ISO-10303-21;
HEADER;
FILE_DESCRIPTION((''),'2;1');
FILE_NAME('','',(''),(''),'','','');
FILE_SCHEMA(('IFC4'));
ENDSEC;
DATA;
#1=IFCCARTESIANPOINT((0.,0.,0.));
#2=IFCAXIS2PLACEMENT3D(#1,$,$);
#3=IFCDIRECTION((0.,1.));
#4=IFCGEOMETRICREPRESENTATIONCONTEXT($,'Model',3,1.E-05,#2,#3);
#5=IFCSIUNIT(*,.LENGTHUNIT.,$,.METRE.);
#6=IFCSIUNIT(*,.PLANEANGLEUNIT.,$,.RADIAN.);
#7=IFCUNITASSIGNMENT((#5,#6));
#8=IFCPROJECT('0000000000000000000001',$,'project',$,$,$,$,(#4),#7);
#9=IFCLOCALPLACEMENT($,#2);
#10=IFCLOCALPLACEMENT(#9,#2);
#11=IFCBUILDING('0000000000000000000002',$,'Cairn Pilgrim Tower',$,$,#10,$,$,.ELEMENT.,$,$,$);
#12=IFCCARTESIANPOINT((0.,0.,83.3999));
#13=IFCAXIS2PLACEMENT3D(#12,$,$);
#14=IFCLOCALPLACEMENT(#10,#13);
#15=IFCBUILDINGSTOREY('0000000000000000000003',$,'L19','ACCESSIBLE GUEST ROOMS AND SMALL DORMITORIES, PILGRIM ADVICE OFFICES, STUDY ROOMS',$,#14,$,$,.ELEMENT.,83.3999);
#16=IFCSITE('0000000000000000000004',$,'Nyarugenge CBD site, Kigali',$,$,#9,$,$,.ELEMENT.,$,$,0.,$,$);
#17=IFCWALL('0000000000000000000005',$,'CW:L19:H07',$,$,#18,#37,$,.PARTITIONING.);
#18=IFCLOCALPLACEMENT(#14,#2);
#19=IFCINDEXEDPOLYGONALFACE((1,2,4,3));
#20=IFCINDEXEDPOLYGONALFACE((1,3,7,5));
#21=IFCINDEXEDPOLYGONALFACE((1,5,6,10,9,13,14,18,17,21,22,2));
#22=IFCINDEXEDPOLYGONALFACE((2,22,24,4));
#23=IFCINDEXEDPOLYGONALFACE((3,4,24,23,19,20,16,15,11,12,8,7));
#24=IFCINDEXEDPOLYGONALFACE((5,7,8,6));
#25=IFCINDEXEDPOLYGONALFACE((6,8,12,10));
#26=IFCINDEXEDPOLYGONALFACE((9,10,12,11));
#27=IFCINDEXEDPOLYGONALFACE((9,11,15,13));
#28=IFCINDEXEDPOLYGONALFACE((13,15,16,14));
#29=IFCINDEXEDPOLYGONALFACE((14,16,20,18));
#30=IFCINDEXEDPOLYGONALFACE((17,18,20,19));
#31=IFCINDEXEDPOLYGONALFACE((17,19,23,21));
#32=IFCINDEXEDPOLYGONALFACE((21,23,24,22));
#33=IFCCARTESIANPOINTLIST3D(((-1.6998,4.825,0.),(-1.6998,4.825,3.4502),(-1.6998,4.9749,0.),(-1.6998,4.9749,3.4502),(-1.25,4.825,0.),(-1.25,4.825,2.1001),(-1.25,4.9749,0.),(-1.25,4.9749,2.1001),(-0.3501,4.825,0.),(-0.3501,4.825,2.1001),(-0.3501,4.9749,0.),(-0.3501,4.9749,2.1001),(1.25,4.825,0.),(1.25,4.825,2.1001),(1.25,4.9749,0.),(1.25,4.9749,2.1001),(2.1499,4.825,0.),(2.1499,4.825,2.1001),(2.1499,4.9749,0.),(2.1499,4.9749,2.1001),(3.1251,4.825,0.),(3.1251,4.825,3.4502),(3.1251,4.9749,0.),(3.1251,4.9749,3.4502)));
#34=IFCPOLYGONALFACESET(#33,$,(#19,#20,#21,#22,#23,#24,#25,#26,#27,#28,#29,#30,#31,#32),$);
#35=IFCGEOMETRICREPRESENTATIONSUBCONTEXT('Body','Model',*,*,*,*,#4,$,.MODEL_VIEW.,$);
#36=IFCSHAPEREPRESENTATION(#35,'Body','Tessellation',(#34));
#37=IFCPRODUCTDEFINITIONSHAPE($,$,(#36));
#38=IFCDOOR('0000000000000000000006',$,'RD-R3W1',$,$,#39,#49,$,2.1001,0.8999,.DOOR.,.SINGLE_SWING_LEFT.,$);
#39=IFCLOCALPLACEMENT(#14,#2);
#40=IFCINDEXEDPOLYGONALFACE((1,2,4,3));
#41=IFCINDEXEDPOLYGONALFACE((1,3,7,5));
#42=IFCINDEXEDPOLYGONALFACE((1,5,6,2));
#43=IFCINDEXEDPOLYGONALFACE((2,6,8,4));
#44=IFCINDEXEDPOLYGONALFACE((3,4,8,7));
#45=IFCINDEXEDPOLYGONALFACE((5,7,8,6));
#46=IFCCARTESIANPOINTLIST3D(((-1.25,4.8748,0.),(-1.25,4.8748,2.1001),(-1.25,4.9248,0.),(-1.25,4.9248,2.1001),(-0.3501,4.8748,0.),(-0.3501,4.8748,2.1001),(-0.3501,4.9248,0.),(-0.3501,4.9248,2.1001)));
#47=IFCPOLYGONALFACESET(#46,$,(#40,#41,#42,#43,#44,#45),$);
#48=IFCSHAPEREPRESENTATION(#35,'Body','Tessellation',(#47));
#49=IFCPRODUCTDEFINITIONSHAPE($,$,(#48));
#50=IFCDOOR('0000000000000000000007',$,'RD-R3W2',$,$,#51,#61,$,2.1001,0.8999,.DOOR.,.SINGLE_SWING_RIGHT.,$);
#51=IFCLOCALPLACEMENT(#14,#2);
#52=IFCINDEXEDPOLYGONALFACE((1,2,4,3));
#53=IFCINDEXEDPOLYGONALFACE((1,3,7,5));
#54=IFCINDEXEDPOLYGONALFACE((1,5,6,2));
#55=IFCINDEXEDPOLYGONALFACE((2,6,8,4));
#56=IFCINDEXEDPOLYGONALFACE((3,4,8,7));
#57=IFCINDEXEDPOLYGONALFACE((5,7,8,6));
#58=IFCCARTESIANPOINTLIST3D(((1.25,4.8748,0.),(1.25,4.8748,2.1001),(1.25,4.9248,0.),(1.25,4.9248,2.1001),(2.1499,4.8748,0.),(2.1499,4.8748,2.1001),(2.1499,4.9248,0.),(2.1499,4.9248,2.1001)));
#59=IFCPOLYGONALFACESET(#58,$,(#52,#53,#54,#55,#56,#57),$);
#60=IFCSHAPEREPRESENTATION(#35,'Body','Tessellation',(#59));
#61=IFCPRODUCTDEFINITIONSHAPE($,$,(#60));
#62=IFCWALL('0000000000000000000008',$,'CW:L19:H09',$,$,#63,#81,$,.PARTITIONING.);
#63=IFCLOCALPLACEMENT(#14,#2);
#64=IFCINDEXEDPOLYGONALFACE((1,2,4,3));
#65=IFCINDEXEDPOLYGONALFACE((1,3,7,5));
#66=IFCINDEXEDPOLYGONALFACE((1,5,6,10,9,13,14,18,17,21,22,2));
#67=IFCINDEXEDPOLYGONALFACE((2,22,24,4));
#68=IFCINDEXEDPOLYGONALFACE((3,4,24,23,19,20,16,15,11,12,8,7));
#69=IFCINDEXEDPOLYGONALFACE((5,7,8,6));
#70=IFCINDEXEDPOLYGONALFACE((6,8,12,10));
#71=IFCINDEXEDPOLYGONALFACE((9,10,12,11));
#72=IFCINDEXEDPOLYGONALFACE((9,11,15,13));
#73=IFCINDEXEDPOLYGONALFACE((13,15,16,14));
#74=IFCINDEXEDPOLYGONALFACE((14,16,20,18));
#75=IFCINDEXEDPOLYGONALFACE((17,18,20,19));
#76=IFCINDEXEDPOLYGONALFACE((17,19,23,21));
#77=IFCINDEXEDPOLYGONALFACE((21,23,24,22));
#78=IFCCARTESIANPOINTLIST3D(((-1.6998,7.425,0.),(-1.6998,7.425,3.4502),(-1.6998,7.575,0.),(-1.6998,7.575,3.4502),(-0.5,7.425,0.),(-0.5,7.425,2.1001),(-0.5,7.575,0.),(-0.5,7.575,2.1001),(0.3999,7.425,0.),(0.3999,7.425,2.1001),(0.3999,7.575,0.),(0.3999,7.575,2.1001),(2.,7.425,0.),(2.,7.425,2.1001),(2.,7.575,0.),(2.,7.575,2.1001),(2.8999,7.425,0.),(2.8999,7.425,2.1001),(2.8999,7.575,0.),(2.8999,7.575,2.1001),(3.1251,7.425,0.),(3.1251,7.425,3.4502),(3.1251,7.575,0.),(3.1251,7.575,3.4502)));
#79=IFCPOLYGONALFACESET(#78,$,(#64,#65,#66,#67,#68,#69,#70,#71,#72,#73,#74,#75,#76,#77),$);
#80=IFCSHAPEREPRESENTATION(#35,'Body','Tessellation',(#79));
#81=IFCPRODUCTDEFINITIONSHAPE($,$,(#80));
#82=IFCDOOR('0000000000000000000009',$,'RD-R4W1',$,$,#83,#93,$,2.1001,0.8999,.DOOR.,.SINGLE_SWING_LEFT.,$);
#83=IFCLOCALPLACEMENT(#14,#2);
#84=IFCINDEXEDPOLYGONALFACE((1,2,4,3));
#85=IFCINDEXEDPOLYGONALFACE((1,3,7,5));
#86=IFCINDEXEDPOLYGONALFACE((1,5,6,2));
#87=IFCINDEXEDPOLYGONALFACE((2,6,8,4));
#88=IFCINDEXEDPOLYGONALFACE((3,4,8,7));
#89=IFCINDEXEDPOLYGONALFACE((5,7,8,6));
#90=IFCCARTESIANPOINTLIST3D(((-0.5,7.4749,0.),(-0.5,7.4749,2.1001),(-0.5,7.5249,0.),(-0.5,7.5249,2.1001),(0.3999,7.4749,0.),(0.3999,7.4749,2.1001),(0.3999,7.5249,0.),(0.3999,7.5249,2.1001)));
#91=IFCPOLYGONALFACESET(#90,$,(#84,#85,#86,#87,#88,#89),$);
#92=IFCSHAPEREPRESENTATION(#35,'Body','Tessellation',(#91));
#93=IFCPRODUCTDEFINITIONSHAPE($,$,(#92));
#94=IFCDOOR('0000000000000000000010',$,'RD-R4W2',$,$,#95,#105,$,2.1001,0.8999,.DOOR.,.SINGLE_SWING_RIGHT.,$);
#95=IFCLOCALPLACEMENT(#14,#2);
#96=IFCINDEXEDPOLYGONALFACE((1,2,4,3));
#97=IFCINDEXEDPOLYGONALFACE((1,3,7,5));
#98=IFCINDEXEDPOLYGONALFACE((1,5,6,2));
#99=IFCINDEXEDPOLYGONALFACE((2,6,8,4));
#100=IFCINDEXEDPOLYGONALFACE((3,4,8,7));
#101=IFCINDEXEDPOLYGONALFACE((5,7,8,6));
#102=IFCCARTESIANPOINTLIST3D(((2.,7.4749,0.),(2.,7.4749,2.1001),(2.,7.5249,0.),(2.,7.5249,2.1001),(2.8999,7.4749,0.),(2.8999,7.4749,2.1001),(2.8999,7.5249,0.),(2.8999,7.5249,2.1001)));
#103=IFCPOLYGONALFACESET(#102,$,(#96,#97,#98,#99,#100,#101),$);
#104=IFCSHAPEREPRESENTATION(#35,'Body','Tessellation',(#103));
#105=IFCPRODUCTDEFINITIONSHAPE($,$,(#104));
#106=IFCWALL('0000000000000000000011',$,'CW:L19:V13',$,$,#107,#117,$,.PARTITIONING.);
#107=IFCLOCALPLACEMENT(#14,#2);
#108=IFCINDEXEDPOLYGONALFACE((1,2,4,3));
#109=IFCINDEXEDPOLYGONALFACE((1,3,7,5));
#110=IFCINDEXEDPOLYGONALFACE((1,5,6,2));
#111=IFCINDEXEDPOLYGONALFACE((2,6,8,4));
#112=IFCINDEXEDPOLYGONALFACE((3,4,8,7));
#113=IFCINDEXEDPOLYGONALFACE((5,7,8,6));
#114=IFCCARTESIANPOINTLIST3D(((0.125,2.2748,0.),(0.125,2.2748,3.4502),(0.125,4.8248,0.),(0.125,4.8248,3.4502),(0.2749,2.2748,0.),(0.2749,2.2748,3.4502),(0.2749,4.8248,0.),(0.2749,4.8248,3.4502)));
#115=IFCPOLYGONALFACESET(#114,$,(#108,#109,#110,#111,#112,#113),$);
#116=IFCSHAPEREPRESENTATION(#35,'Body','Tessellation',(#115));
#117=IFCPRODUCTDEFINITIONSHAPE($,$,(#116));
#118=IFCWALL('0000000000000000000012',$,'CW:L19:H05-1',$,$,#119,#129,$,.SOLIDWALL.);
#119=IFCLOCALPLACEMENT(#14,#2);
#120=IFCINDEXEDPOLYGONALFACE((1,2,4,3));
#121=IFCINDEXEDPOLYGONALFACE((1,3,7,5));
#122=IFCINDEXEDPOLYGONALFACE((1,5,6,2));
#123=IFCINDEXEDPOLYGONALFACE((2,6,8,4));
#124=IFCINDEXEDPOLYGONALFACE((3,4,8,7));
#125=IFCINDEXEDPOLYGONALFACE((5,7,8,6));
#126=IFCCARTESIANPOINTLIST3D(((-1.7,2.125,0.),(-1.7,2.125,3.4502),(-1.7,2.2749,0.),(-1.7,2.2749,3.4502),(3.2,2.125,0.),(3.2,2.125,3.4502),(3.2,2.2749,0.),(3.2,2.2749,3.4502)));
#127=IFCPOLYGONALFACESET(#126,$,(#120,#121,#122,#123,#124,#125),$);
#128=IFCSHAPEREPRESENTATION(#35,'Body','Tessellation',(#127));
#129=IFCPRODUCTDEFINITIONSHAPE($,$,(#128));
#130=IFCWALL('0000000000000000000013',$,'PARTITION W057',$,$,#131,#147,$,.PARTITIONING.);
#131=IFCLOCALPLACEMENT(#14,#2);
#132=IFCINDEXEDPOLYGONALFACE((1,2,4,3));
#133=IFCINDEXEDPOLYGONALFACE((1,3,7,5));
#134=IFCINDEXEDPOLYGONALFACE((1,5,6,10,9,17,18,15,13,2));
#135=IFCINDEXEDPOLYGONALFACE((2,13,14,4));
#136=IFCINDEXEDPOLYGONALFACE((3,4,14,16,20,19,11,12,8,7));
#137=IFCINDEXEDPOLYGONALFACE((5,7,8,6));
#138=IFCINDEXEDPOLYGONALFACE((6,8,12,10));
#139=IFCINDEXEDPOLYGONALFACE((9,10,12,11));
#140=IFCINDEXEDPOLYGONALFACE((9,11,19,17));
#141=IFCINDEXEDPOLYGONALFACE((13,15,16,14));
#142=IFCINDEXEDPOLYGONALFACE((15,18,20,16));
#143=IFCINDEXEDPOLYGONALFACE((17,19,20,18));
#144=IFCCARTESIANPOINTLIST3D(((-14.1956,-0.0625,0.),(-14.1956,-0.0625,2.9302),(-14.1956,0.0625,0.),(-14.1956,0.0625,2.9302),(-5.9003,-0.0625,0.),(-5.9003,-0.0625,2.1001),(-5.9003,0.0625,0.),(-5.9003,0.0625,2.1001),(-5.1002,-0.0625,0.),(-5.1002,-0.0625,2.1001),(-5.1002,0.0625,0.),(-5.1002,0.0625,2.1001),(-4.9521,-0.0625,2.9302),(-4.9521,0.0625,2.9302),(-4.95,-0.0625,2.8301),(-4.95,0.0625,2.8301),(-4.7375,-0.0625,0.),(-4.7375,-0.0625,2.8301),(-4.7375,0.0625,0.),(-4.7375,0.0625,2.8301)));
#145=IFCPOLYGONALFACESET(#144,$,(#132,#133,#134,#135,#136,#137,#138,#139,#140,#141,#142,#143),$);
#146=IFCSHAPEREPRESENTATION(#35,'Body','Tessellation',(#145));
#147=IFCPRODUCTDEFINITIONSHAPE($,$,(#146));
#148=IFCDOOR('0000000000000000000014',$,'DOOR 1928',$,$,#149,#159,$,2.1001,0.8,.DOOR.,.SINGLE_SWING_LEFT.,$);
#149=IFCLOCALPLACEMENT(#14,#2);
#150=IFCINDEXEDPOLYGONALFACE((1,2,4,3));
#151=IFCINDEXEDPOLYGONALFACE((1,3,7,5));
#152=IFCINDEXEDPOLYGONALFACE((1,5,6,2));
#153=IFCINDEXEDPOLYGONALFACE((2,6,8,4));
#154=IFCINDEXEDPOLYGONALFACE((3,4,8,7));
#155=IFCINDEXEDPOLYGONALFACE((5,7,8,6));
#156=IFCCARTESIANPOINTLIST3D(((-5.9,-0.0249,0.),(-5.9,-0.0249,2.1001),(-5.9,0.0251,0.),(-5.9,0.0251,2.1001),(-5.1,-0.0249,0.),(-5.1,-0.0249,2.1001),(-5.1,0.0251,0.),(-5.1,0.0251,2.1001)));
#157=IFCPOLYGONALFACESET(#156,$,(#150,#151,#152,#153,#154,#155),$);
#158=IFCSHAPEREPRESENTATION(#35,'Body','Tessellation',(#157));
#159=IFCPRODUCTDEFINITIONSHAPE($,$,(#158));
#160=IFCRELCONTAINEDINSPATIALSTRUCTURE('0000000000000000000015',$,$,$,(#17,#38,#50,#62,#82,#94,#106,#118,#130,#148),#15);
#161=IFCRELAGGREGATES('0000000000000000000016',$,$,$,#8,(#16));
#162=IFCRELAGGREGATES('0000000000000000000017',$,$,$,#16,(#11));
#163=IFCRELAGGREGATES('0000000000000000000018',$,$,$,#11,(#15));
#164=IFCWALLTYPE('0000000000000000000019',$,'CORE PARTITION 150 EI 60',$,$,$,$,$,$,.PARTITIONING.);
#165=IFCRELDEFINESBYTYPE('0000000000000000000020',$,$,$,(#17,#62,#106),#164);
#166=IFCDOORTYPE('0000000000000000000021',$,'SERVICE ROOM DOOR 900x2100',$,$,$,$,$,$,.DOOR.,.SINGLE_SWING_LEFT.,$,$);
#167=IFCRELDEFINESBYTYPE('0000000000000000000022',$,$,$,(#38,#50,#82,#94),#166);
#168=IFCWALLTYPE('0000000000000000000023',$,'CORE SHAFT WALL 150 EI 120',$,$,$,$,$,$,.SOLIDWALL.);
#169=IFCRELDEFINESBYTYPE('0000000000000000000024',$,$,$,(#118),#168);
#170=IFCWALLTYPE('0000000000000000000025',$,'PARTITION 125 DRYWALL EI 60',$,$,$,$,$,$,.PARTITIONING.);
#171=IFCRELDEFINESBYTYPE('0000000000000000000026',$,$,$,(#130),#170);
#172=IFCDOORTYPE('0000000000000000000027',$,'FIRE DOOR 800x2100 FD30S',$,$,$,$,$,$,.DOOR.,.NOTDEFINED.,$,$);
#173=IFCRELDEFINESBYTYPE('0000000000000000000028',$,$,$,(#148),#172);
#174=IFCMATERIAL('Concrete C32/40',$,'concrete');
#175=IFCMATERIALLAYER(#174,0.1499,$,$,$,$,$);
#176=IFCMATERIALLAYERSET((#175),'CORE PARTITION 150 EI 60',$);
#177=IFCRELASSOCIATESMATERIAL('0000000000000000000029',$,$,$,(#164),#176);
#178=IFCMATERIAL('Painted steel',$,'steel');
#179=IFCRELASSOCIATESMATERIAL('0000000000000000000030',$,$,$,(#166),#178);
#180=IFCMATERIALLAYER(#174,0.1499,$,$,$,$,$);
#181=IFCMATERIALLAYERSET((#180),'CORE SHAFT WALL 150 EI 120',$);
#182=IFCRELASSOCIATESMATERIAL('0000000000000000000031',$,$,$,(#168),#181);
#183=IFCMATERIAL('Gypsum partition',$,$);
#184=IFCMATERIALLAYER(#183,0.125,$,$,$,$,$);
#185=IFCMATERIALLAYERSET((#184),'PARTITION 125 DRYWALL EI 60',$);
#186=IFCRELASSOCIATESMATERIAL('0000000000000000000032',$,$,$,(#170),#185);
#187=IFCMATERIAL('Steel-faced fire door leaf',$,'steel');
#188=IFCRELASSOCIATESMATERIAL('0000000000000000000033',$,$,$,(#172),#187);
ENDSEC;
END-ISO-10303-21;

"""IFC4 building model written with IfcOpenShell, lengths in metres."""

from ifc_helpers import new_model, si_unit, direction, frame, frame_2d, origin, place, context, subcontext, project, spatial, polyline, rectangle, outline, extrude, material, layer, layer_set, type_object, element, fill, save


model = new_model("IFC4")

# Units and contexts
model_context = context("Model", 3, precision=1e-05, world=origin(), true_north=direction((0.0, 1.0)))
body_context = subcontext(model_context, "Body", "Model", "MODEL_VIEW")
ifc_project = project(units=[si_unit("LENGTHUNIT", "METRE"), si_unit("PLANEANGLEUNIT", "RADIAN")], contexts=[model_context])

# Site, building, storey
site_placement = place(None, origin())
site = spatial("IfcSite", under=ifc_project, at=site_placement, Name="Nyarugenge CBD site, Kigali", CompositionType="ELEMENT", RefElevation=0.0)
building_placement = place(site_placement, origin())
building = spatial("IfcBuilding", under=site, at=building_placement, Name="Cairn Pilgrim Tower", CompositionType="ELEMENT")
storey_placement = place(building_placement, frame((0.0, 0.0, 83.3999)))
storey = spatial("IfcBuildingStorey", under=building, at=storey_placement, Name="L19", Description="ACCESSIBLE GUEST ROOMS AND SMALL DORMITORIES, PILGRIM ADVICE OFFICES, STUDY ROOMS", CompositionType="ELEMENT", Elevation=83.3999)

# Shared definitions
ifc_material_1 = material(Name="Concrete C32/40", Category="concrete")

# Walls, openings, doors
ifc_layer_1 = layer(ifc_material_1, 0.1499)
ifc_layer_set_1 = layer_set([ifc_layer_1], Name="CORE PARTITION 150 EI 60")
wall_type_1 = type_object("IfcWallType", Name="CORE PARTITION 150 EI 60", PredefinedType="PARTITIONING", material=ifc_layer_set_1)
wall_1_placement = place(storey_placement, frame((-1.7, 4.8999, 0.0), z_axis=(0.0, 0.0, 1.0), x_axis=(1.0, 0.0, 0.0)))
wall_1 = element("IfcWall", 1, at=wall_1_placement, inside=storey, type_object=wall_type_1, Name="CW:L19:H07", PredefinedType="PARTITIONING", context=body_context, shape_type="SweptSolid", body=[
    extrude(rectangle(XDim=4.825, YDim=0.1499, at=frame_2d((2.4126, 0.0))), origin(), (0.0, 0.0, 1.0), 3.4502),
])
opening_1_placement = place(wall_1_placement, frame((0.45, 0.0, 0.0)))
opening_1 = element("IfcOpeningElement", 2, at=opening_1_placement, cuts=wall_1, PredefinedType="OPENING", context=body_context, shape_type="SweptSolid", body=[
    extrude(rectangle(XDim=0.8999, YDim=2.1001, at=frame_2d((0.45, 1.05))), frame((0.0, 0.085, 0.0), z_axis=(0.0, -1.0, 0.0), x_axis=(1.0, 0.0, 0.0)), (0.0, 0.0, 1.0), 0.1699),
])
opening_2_placement = place(wall_1_placement, frame((2.95, 0.0, 0.0)))
opening_2 = element("IfcOpeningElement", 3, at=opening_2_placement, cuts=wall_1, PredefinedType="OPENING", context=body_context, shape_type="SweptSolid", body=[
    extrude(rectangle(XDim=0.8999, YDim=2.1001, at=frame_2d((0.45, 1.05))), frame((0.0, 0.085, 0.0), z_axis=(0.0, -1.0, 0.0), x_axis=(1.0, 0.0, 0.0)), (0.0, 0.0, 1.0), 0.1699),
])
ifc_material_2 = material(Name="Painted steel", Category="steel")
door_type_1 = type_object("IfcDoorType", Name="SERVICE ROOM DOOR 900x2100", OperationType="SINGLE_SWING_LEFT", PredefinedType="DOOR", material=ifc_material_2)
door_1_placement = place(opening_1_placement, origin())
door_1 = element("IfcDoor", 4, at=door_1_placement, inside=storey, type_object=door_type_1, Name="RD-R3W1", OperationType="SINGLE_SWING_LEFT", OverallHeight=2.1001, OverallWidth=0.8999, PredefinedType="DOOR", context=body_context, shape_type="SweptSolid", body=[
    extrude(rectangle(XDim=0.8999, YDim=2.1001, at=frame_2d((0.45, 1.05))), frame((0.0, 0.0249, 0.0), z_axis=(0.0, -1.0, 0.0), x_axis=(1.0, 0.0, 0.0)), (0.0, 0.0, 1.0), 0.05),
])
fill(opening_1, door_1)
door_2_placement = place(opening_2_placement, origin())
door_2 = element("IfcDoor", 5, at=door_2_placement, inside=storey, type_object=door_type_1, Name="RD-R3W2", OperationType="SINGLE_SWING_RIGHT", OverallHeight=2.1001, OverallWidth=0.8999, PredefinedType="DOOR", context=body_context, shape_type="SweptSolid", body=[
    extrude(rectangle(XDim=0.8999, YDim=2.1001, at=frame_2d((0.45, 1.05))), frame((0.0, 0.0249, 0.0), z_axis=(0.0, -1.0, 0.0), x_axis=(1.0, 0.0, 0.0)), (0.0, 0.0, 1.0), 0.05),
])
fill(opening_2, door_2)
wall_2_placement = place(storey_placement, frame((-1.7, 7.5, 0.0), z_axis=(0.0, 0.0, 1.0), x_axis=(1.0, 0.0, 0.0)))
wall_2 = element("IfcWall", 6, at=wall_2_placement, inside=storey, type_object=wall_type_1, Name="CW:L19:H09", PredefinedType="PARTITIONING", context=body_context, shape_type="SweptSolid", body=[
    extrude(rectangle(XDim=4.825, YDim=0.1499, at=frame_2d((2.4126, 0.0))), origin(), (0.0, 0.0, 1.0), 3.4502),
])
opening_3_placement = place(wall_2_placement, frame((1.2, 0.0, 0.0)))
opening_3 = element("IfcOpeningElement", 7, at=opening_3_placement, cuts=wall_2, PredefinedType="OPENING", context=body_context, shape_type="SweptSolid", body=[
    extrude(rectangle(XDim=0.8999, YDim=2.1001, at=frame_2d((0.45, 1.05))), frame((0.0, 0.085, 0.0), z_axis=(0.0, -1.0, 0.0), x_axis=(1.0, 0.0, 0.0)), (0.0, 0.0, 1.0), 0.1699),
])
opening_4_placement = place(wall_2_placement, frame((3.7, 0.0, 0.0)))
opening_4 = element("IfcOpeningElement", 8, at=opening_4_placement, cuts=wall_2, PredefinedType="OPENING", context=body_context, shape_type="SweptSolid", body=[
    extrude(rectangle(XDim=0.8999, YDim=2.1001, at=frame_2d((0.45, 1.05))), frame((0.0, 0.085, 0.0), z_axis=(0.0, -1.0, 0.0), x_axis=(1.0, 0.0, 0.0)), (0.0, 0.0, 1.0), 0.1699),
])
door_3_placement = place(opening_3_placement, origin())
door_3 = element("IfcDoor", 9, at=door_3_placement, inside=storey, type_object=door_type_1, Name="RD-R4W1", OperationType="SINGLE_SWING_LEFT", OverallHeight=2.1001, OverallWidth=0.8999, PredefinedType="DOOR", context=body_context, shape_type="SweptSolid", body=[
    extrude(rectangle(XDim=0.8999, YDim=2.1001, at=frame_2d((0.45, 1.05))), frame((0.0, 0.0249, 0.0), z_axis=(0.0, -1.0, 0.0), x_axis=(1.0, 0.0, 0.0)), (0.0, 0.0, 1.0), 0.05),
])
fill(opening_3, door_3)
door_4_placement = place(opening_4_placement, origin())
door_4 = element("IfcDoor", 10, at=door_4_placement, inside=storey, type_object=door_type_1, Name="RD-R4W2", OperationType="SINGLE_SWING_RIGHT", OverallHeight=2.1001, OverallWidth=0.8999, PredefinedType="DOOR", context=body_context, shape_type="SweptSolid", body=[
    extrude(rectangle(XDim=0.8999, YDim=2.1001, at=frame_2d((0.45, 1.05))), frame((0.0, 0.0249, 0.0), z_axis=(0.0, -1.0, 0.0), x_axis=(1.0, 0.0, 0.0)), (0.0, 0.0, 1.0), 0.05),
])
fill(opening_4, door_4)

# Walls
wall_3_placement = place(storey_placement, frame((0.2, 2.2749, 0.0), z_axis=(0.0, 0.0, 1.0), x_axis=(0.0, 1.0, 0.0)))
element("IfcWall", 11, at=wall_3_placement, inside=storey, type_object=wall_type_1, Name="CW:L19:V13", PredefinedType="PARTITIONING", context=body_context, shape_type="SweptSolid", body=[
    extrude(rectangle(XDim=2.55, YDim=0.1499, at=frame_2d((1.2749, 0.0))), origin(), (0.0, 0.0, 1.0), 3.4502),
])
ifc_layer_2 = layer(ifc_material_1, 0.1499)
ifc_layer_set_2 = layer_set([ifc_layer_2], Name="CORE SHAFT WALL 150 EI 120")
wall_type_2 = type_object("IfcWallType", Name="CORE SHAFT WALL 150 EI 120", PredefinedType="SOLIDWALL", material=ifc_layer_set_2)
wall_4_placement = place(storey_placement, frame((-1.7, 2.2, 0.0), z_axis=(0.0, 0.0, 1.0), x_axis=(1.0, 0.0, 0.0)))
element("IfcWall", 12, at=wall_4_placement, inside=storey, type_object=wall_type_2, Name="CW:L19:H05-1", PredefinedType="SOLIDWALL", context=body_context, shape_type="SweptSolid", body=[
    extrude(rectangle(XDim=4.8999, YDim=0.1499, at=frame_2d((2.45, 0.0))), origin(), (0.0, 0.0, 1.0), 3.4502),
])

# Wall, opening, door
ifc_material_3 = material(Name="Gypsum partition")
ifc_layer_3 = layer(ifc_material_3, 0.125)
ifc_layer_set_3 = layer_set([ifc_layer_3], Name="PARTITION 125 DRYWALL EI 60")
wall_type_3 = type_object("IfcWallType", Name="PARTITION 125 DRYWALL EI 60", PredefinedType="PARTITIONING", material=ifc_layer_set_3)
wall_5_placement = place(storey_placement, frame((-14.1956, 0.0, 0.0), z_axis=(0.0, 0.0, 1.0), x_axis=(1.0, 0.0, 0.0)))
wall_5 = element("IfcWall", 13, at=wall_5_placement, inside=storey, type_object=wall_type_3, Name="PARTITION W057", PredefinedType="PARTITIONING", context=body_context, shape_type="SweptSolid", body=[
    extrude(outline(polyline([(0.0, 0.0), (9.458, 0.0), (9.458, 2.8301), (9.2456, 2.8301), (9.2434, 2.9302), (0.0, 2.9302), (0.0, 0.0)])), frame((0.0, 0.0625, 0.0), z_axis=(0.0, -1.0, 0.0), x_axis=(1.0, 0.0, 0.0)), (0.0, 0.0, 1.0), 0.125),
])
opening_5_placement = place(wall_5_placement, frame((8.2954, 0.0, 0.0)))
opening_5 = element("IfcOpeningElement", 14, at=opening_5_placement, cuts=wall_5, PredefinedType="OPENING", context=body_context, shape_type="SweptSolid", body=[
    extrude(rectangle(XDim=0.8, YDim=2.1001, at=frame_2d((0.3999, 1.05))), frame((0.0, 0.0725, 0.0), z_axis=(0.0, -1.0, 0.0), x_axis=(1.0, 0.0, 0.0)), (0.0, 0.0, 1.0), 0.145),
])
ifc_material_4 = material(Name="Steel-faced fire door leaf", Category="steel")
door_type_2 = type_object("IfcDoorType", Name="FIRE DOOR 800x2100 FD30S", OperationType="NOTDEFINED", PredefinedType="DOOR", material=ifc_material_4)
door_5_placement = place(opening_5_placement, frame((0.8, 0.0, 0.0), z_axis=(0.0, 0.0, 1.0), x_axis=(-1.0, 0.0, 0.0)))
door_5 = element("IfcDoor", 15, at=door_5_placement, inside=storey, type_object=door_type_2, Name="DOOR 1928", OperationType="SINGLE_SWING_LEFT", OverallHeight=2.1001, OverallWidth=0.8, PredefinedType="DOOR", context=body_context, shape_type="SweptSolid", body=[
    extrude(rectangle(XDim=0.8, YDim=2.1001, at=frame_2d((0.3999, 1.05))), frame((0.0, 0.0249, 0.0), z_axis=(0.0, -1.0, 0.0), x_axis=(1.0, 0.0, 0.0)), (0.0, 0.0, 1.0), 0.05),
])
fill(opening_5, door_5)

save(model, "model.ifc")
